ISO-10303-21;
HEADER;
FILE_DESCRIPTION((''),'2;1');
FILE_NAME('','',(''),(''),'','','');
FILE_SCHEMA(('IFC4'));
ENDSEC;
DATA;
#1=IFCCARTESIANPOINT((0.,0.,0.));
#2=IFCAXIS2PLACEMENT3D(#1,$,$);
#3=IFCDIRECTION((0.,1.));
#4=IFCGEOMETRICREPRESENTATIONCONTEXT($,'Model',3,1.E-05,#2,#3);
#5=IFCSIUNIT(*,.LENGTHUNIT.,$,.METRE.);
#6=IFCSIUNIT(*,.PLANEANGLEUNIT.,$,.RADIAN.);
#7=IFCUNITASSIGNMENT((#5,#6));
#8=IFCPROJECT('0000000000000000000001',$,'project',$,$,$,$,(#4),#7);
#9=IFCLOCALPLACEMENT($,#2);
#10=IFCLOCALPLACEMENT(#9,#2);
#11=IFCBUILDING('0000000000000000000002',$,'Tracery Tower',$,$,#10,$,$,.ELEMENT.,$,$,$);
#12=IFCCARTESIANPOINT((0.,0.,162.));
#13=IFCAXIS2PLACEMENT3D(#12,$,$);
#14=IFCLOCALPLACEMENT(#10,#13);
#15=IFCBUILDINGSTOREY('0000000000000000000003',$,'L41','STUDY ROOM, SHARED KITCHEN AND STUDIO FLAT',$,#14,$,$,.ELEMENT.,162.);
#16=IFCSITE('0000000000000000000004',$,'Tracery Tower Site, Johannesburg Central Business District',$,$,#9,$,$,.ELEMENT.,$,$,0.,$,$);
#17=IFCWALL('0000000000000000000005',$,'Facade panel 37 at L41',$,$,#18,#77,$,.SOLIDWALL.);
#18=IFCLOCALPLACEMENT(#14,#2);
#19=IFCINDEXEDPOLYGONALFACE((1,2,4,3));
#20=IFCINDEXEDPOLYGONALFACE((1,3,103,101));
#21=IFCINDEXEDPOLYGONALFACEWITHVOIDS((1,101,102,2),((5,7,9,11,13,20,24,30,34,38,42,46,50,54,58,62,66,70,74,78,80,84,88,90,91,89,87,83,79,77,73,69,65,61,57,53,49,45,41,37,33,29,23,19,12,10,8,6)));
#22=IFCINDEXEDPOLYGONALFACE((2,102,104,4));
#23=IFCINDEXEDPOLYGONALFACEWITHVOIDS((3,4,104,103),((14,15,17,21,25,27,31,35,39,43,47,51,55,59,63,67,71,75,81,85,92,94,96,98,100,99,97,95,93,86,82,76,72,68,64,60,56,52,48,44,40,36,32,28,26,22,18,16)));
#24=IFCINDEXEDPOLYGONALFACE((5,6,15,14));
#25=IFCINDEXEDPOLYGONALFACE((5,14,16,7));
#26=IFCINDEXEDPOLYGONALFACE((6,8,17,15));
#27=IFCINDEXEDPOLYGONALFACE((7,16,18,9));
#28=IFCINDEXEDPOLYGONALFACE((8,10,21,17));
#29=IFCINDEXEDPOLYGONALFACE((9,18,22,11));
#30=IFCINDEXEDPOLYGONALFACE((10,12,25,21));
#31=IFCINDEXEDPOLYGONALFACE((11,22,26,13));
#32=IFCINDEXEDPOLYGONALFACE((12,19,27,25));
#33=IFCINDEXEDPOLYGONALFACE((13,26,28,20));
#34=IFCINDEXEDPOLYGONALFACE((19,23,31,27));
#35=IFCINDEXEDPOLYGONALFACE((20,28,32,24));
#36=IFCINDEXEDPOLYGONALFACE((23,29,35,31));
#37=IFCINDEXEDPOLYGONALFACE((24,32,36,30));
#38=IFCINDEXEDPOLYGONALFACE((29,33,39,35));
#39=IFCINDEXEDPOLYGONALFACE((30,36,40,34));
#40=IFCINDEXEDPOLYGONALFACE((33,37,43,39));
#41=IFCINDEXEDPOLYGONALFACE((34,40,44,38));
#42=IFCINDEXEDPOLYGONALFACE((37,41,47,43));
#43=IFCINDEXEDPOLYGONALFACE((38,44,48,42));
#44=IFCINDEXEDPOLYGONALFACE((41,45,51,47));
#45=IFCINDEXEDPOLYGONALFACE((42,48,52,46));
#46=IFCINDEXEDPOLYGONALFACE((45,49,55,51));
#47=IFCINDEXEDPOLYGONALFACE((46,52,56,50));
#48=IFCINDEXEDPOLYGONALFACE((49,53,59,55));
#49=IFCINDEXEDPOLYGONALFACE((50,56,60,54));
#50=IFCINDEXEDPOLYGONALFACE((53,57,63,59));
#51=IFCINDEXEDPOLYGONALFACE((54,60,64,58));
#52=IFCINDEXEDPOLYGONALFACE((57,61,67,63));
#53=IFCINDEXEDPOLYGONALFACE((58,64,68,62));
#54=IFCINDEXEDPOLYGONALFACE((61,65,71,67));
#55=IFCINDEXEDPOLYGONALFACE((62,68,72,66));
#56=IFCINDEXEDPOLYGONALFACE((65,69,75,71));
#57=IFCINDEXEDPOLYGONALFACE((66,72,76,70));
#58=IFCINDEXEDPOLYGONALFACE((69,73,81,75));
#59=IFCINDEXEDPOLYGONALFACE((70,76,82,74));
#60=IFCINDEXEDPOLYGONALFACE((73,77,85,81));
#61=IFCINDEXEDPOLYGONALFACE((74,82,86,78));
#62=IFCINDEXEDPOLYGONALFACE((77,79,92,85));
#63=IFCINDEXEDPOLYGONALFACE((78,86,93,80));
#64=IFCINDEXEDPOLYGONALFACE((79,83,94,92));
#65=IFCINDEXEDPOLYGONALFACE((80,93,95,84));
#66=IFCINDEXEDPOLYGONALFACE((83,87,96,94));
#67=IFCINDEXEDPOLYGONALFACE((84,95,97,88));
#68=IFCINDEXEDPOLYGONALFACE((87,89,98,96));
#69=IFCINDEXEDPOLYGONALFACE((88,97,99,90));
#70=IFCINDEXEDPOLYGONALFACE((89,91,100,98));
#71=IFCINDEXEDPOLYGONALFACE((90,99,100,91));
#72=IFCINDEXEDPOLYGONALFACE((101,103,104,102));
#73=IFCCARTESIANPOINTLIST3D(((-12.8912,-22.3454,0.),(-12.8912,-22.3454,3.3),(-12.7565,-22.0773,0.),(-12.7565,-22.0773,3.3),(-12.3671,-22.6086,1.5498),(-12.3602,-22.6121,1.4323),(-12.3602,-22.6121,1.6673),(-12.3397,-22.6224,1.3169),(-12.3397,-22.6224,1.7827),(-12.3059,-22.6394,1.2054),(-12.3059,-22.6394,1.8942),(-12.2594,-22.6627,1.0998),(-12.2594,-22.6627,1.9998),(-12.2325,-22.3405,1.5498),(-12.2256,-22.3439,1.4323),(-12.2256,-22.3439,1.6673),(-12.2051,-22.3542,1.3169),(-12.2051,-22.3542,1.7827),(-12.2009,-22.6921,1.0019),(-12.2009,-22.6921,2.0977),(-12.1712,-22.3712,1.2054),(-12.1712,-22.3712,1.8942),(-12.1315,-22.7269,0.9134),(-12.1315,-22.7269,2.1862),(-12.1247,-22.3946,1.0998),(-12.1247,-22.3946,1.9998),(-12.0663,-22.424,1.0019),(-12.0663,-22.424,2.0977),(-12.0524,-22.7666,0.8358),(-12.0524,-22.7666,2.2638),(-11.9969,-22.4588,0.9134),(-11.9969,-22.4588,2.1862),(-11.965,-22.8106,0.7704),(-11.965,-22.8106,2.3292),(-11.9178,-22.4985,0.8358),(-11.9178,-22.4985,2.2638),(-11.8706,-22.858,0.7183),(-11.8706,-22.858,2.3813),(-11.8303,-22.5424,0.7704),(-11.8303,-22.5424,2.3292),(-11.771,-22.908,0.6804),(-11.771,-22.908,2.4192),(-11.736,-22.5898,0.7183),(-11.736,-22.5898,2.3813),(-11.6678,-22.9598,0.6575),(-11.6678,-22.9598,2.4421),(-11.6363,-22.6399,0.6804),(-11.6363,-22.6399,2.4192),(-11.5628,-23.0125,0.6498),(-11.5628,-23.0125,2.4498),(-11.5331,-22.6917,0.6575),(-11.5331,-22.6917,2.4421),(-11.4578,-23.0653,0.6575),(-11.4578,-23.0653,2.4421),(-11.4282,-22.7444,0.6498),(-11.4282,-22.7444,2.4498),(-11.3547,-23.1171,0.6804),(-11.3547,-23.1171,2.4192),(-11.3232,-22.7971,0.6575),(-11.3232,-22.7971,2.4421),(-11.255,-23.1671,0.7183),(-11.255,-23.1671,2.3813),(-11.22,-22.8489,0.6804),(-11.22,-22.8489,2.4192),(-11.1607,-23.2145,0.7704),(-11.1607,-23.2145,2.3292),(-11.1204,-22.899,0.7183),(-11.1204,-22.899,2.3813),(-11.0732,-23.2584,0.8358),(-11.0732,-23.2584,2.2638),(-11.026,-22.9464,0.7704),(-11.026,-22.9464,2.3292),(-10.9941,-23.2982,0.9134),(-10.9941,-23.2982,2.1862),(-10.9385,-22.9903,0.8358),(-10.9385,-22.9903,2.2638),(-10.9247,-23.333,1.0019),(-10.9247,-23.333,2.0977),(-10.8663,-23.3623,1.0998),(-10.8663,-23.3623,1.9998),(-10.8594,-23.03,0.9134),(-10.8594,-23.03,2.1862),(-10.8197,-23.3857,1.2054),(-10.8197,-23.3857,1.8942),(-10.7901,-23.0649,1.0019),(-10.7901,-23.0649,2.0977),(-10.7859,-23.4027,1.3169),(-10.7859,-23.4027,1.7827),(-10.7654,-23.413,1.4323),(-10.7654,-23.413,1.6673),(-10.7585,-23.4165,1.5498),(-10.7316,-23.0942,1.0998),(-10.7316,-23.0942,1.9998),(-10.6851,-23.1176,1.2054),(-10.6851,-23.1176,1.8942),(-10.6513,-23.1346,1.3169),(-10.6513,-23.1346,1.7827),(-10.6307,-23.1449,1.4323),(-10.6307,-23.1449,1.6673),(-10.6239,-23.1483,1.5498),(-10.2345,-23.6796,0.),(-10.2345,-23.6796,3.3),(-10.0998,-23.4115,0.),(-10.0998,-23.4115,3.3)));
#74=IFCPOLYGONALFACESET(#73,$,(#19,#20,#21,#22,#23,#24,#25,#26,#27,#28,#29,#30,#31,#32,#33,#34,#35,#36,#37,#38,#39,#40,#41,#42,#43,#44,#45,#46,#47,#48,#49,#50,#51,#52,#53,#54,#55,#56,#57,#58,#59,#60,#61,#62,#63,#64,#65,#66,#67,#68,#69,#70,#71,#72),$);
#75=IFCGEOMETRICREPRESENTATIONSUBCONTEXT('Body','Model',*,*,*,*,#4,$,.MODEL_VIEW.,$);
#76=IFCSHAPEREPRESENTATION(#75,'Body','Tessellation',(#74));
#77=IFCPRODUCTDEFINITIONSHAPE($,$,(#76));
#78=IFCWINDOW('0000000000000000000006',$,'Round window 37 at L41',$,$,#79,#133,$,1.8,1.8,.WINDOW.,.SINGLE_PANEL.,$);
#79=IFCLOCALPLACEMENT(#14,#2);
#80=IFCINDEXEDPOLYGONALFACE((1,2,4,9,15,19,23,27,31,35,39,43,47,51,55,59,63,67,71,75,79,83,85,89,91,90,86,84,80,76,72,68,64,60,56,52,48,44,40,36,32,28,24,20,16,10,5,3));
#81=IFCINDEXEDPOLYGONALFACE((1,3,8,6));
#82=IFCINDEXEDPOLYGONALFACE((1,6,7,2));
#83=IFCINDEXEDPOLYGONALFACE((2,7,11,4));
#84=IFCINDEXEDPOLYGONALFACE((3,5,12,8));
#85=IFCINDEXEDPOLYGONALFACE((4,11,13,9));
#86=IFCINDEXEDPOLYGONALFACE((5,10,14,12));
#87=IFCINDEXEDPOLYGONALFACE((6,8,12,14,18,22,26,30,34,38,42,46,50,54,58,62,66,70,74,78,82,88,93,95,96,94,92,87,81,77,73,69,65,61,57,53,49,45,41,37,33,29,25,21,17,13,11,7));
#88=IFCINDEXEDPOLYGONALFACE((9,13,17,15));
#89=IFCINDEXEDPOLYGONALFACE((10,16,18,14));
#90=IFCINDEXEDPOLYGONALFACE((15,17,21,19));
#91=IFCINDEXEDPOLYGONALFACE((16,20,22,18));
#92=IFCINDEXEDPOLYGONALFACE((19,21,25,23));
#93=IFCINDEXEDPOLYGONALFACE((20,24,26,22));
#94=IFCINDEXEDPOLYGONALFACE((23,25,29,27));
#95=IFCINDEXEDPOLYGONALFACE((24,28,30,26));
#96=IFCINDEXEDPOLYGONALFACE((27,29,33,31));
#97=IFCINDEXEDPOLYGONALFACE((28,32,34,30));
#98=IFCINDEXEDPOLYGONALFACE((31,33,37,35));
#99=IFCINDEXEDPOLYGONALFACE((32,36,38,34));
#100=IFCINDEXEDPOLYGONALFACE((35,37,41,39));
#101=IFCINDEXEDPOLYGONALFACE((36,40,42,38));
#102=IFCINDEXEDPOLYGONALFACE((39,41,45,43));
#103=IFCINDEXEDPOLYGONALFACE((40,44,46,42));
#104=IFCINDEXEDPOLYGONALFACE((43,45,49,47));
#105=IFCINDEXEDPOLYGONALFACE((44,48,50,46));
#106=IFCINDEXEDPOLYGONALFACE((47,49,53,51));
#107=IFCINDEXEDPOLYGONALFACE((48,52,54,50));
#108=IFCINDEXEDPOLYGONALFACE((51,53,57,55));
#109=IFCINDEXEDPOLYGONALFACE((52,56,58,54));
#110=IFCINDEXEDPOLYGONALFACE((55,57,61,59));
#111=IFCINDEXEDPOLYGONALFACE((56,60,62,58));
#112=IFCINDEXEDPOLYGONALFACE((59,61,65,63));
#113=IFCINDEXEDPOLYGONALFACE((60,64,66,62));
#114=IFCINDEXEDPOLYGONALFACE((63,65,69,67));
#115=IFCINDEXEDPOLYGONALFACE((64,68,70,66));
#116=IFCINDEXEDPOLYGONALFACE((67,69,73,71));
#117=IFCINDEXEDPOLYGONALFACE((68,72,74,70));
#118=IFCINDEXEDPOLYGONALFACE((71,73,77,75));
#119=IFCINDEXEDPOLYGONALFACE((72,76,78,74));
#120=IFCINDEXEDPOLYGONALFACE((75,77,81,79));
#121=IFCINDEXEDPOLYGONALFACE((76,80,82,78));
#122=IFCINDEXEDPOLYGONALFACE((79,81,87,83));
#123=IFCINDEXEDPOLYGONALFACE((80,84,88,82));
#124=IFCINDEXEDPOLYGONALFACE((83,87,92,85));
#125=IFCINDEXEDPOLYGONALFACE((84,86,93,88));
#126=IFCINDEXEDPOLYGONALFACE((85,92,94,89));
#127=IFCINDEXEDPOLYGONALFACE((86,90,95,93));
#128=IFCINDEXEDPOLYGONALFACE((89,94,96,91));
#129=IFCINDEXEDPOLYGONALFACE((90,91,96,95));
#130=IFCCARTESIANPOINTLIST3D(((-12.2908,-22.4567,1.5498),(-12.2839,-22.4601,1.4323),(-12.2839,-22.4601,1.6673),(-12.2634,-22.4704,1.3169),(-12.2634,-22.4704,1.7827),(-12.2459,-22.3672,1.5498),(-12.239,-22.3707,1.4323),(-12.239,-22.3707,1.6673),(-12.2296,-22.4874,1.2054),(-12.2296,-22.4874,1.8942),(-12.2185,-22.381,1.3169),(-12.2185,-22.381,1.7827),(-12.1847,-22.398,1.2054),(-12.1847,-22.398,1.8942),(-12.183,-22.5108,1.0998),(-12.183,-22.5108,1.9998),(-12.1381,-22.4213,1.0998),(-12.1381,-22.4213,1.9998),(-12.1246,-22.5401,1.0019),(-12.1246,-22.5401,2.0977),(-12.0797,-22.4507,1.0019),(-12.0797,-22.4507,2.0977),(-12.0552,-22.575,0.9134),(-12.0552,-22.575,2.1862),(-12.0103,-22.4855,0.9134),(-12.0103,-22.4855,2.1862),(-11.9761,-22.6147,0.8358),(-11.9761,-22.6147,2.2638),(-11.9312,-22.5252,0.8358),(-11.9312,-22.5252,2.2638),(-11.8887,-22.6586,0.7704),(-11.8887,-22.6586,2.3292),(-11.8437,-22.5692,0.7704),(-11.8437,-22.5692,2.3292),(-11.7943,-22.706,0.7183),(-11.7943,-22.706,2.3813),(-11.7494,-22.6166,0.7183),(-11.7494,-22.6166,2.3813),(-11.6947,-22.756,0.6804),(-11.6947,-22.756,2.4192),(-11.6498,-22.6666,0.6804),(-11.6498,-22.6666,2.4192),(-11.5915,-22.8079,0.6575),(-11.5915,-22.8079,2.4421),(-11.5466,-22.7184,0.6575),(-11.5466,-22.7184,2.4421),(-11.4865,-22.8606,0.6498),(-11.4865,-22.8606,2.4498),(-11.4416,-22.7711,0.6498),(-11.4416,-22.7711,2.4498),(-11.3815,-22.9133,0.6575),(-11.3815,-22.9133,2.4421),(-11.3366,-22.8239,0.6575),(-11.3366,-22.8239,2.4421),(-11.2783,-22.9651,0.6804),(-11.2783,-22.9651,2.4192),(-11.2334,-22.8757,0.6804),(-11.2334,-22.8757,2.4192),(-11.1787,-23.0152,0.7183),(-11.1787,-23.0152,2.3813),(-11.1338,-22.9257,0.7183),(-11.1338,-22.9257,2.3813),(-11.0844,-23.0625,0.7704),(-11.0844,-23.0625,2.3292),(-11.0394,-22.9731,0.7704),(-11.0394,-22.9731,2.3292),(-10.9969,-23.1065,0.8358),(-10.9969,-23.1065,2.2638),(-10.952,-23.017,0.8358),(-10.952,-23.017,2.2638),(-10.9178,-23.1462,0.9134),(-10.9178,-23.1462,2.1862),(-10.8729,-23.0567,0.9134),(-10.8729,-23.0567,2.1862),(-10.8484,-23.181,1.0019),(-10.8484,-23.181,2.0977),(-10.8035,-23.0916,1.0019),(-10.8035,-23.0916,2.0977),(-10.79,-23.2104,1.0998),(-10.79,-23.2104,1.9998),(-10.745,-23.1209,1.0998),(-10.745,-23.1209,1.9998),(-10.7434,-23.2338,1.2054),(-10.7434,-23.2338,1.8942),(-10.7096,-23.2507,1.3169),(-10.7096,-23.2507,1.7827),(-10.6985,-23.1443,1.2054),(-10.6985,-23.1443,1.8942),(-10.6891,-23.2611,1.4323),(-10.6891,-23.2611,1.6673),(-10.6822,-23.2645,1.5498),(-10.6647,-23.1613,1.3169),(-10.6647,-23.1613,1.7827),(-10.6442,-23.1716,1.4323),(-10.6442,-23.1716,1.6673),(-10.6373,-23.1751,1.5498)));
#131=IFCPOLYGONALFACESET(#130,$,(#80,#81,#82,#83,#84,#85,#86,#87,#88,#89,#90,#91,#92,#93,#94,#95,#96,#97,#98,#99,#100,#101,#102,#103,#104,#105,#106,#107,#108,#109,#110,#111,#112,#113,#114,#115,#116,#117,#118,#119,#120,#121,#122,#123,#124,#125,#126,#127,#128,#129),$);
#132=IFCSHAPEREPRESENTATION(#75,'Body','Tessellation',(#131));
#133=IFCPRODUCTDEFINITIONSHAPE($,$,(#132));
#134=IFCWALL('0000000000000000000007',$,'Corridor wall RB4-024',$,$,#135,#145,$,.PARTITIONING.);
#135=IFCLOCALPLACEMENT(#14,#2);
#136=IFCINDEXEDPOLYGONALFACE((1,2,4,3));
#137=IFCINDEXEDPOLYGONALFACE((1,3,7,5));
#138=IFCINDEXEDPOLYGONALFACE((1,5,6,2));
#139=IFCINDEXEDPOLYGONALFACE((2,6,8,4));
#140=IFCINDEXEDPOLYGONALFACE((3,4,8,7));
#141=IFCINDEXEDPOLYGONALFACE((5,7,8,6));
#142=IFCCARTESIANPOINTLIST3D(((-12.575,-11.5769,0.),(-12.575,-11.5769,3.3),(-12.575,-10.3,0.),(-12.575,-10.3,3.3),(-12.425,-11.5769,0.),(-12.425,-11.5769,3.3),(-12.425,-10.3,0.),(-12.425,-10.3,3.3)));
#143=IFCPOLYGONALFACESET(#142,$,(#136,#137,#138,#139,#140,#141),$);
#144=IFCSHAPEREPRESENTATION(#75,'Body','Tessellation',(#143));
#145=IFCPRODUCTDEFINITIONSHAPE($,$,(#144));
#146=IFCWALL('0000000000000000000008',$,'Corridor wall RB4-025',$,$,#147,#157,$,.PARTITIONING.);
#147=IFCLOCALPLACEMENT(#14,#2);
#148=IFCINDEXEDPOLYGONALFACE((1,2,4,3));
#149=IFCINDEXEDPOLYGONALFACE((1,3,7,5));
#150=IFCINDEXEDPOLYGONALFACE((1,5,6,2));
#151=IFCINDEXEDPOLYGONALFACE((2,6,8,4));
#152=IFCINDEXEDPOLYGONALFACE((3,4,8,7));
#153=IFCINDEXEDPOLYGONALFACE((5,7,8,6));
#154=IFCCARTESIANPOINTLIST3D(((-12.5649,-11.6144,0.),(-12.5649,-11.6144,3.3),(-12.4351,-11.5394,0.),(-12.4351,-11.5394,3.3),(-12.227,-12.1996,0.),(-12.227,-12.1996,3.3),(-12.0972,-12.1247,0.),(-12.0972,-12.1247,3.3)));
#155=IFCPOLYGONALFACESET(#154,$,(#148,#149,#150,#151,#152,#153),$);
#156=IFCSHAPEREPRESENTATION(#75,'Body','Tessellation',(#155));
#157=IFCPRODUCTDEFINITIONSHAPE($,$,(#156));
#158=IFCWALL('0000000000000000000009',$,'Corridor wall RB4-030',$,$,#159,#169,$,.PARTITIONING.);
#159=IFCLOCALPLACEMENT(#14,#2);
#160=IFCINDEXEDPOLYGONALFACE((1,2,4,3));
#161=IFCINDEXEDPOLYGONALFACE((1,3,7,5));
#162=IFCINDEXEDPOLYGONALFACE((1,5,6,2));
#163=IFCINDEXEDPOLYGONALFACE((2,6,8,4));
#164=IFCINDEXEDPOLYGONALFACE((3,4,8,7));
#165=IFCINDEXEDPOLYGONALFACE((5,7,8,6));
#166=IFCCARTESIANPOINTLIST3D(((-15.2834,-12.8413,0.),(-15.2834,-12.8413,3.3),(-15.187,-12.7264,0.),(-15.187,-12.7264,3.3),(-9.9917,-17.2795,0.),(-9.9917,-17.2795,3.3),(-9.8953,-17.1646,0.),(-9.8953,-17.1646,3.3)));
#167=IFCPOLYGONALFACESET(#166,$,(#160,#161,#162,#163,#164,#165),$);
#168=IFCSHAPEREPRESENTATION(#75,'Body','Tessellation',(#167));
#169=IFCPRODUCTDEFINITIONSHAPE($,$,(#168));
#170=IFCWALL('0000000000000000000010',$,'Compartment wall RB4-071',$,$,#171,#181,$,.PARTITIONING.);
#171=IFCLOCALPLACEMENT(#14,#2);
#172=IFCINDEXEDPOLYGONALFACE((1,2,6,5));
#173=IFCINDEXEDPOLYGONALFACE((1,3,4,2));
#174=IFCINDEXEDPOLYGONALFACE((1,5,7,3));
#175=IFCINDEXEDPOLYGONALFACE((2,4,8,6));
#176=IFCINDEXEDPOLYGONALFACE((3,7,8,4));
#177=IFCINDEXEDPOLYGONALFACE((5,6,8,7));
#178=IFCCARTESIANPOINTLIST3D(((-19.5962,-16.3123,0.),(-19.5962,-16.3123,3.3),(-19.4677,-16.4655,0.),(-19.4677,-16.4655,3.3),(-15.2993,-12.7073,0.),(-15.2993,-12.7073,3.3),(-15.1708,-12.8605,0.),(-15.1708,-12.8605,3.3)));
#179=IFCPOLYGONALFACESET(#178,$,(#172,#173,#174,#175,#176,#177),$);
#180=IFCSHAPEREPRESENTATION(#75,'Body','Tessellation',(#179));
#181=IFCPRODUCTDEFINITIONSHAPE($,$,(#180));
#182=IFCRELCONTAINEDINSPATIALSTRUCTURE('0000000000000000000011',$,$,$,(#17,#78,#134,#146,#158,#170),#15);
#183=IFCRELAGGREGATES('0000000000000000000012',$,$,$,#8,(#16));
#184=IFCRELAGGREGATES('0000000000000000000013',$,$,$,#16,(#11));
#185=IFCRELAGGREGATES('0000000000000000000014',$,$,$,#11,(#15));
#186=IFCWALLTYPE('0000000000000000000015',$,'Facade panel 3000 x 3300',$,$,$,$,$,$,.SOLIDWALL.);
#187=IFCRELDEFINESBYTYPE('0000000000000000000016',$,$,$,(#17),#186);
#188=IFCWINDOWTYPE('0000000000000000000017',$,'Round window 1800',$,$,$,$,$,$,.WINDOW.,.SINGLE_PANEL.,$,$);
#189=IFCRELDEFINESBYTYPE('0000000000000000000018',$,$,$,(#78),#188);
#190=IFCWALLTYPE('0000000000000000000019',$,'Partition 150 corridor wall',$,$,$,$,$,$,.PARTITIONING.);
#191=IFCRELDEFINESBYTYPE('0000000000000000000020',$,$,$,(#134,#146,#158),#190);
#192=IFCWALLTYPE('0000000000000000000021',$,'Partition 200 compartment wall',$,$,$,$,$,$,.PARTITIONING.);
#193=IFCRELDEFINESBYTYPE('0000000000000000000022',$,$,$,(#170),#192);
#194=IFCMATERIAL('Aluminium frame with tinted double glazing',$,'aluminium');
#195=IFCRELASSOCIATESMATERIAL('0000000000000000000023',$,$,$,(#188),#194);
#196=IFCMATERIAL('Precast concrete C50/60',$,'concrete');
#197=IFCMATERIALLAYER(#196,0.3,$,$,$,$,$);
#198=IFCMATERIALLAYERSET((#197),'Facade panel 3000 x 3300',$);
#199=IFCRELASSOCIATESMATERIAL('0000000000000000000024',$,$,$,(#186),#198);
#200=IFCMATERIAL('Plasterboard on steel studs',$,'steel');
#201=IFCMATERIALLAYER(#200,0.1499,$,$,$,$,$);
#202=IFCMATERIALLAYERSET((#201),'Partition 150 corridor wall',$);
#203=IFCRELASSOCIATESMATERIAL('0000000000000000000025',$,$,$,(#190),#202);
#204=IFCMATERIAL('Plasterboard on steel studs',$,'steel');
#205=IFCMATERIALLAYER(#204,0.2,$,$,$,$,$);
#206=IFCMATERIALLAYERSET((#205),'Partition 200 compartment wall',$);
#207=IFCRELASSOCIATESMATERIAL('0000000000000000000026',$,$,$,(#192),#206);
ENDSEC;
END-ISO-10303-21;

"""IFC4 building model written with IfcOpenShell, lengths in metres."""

from ifc_helpers import new_model, si_unit, direction, frame, frame_2d, origin, origin_2d, place, context, subcontext, project, spatial, rectangle, circle, extrude, material, layer, layer_set, type_object, element, fill, save


model = new_model("IFC4")

# Units and contexts
model_context = context("Model", 3, precision=1e-05, world=origin(), true_north=direction((0.0, 1.0)))
body_context = subcontext(model_context, "Body", "Model", "MODEL_VIEW")
ifc_project = project(units=[si_unit("LENGTHUNIT", "METRE"), si_unit("PLANEANGLEUNIT", "RADIAN")], contexts=[model_context])

# Site, building, storey
site_placement = place(None, origin())
site = spatial("IfcSite", under=ifc_project, at=site_placement, Name="Tracery Tower Site, Johannesburg Central Business District", CompositionType="ELEMENT", RefElevation=0.0)
building_placement = place(site_placement, origin())
building = spatial("IfcBuilding", under=site, at=building_placement, Name="Tracery Tower", CompositionType="ELEMENT")
storey_placement = place(building_placement, frame((0.0, 0.0, 162.0)))
storey = spatial("IfcBuildingStorey", under=building, at=storey_placement, Name="L41", Description="STUDY ROOM, SHARED KITCHEN AND STUDIO FLAT", CompositionType="ELEMENT", Elevation=162.0)

# Wall, opening, window
ifc_material_1 = material(Name="Aluminium frame with tinted double glazing", Category="aluminium")
window_type = type_object("IfcWindowType", Name="Round window 1800", PartitioningType="SINGLE_PANEL", PredefinedType="WINDOW", material=ifc_material_1)
ifc_material_2 = material(Name="Precast concrete C50/60", Category="concrete")
ifc_layer_1 = layer(ifc_material_2, 0.3)
ifc_layer_set_1 = layer_set([ifc_layer_1], Name="Facade panel 3000 x 3300")
wall_type_1 = type_object("IfcWallType", Name="Facade panel 3000 x 3300", PredefinedType="SOLIDWALL", material=ifc_layer_set_1)
wall_1_placement = place(storey_placement, frame((-12.8237, -22.2114, 0.0), z_axis=(0.0, 0.0, 1.0), x_axis=(0.893637, -0.44879, 0.0)))
wall_1 = element("IfcWall", 1, at=wall_1_placement, inside=storey, type_object=wall_type_1, Name="Facade panel 37 at L41", PredefinedType="SOLIDWALL", context=body_context, shape_type="SweptSolid", body=[
    extrude(rectangle(XDim=2.9729, YDim=0.3, at=frame_2d((1.4863, 0.0))), origin(), (0.0, 0.0, 1.0), 3.3),
])
opening_1_placement = place(wall_1_placement, frame((1.4863, 0.0, 1.5498)))
opening_1 = element("IfcOpeningElement", 2, at=opening_1_placement, cuts=wall_1, PredefinedType="OPENING", context=body_context, shape_type="SweptSolid", body=[
    extrude(circle(Radius=0.9, at=origin_2d()), frame((0.0, 0.1599, 0.0), z_axis=(0.0, -1.0, 0.0), x_axis=(1.0, 0.0, 0.0)), (0.0, 0.0, 1.0), 0.3201),
])
window_1_placement = place(opening_1_placement, origin())
window_1 = element("IfcWindow", 3, at=window_1_placement, inside=storey, type_object=window_type, Name="Round window 37 at L41", OverallHeight=1.8, OverallWidth=1.8, PartitioningType="SINGLE_PANEL", PredefinedType="WINDOW", context=body_context, shape_type="SweptSolid", body=[
    extrude(circle(Radius=0.9, at=origin_2d()), frame((0.0, 0.1201, 0.0), z_axis=(0.0, -1.0, 0.0), x_axis=(1.0, 0.0, 0.0)), (0.0, 0.0, 1.0), 0.1001),
])
fill(opening_1, window_1)

# Walls
ifc_material_3 = material(Name="Plasterboard on steel studs", Category="steel")
ifc_layer_2 = layer(ifc_material_3, 0.1499)
ifc_layer_set_2 = layer_set([ifc_layer_2], Name="Partition 150 corridor wall")
wall_type_2 = type_object("IfcWallType", Name="Partition 150 corridor wall", PredefinedType="PARTITIONING", material=ifc_layer_set_2)
wall_2_placement = place(storey_placement, frame((-12.5, -11.5769, 0.0), z_axis=(0.0, 0.0, 1.0), x_axis=(0.0, 1.0, 0.0)))
element("IfcWall", 4, at=wall_2_placement, inside=storey, type_object=wall_type_2, Name="Corridor wall RB4-024", PredefinedType="PARTITIONING", context=body_context, shape_type="SweptSolid", body=[
    extrude(rectangle(XDim=1.2769, YDim=0.1499, at=frame_2d((0.6384, 0.0))), origin(), (0.0, 0.0, 1.0), 3.3),
])
wall_3_placement = place(storey_placement, frame((-12.5, -11.5769, 0.0), z_axis=(0.0, 0.0, 1.0), x_axis=(0.500025, -0.866011, 0.0)))
element("IfcWall", 5, at=wall_3_placement, inside=storey, type_object=wall_type_2, Name="Corridor wall RB4-025", PredefinedType="PARTITIONING", context=body_context, shape_type="SweptSolid", body=[
    extrude(rectangle(XDim=0.6758, YDim=0.1499, at=frame_2d((0.3379, 0.0))), origin(), (0.0, 0.0, 1.0), 3.3),
])
wall_4_placement = place(storey_placement, frame((-15.2351, -12.7839, 0.0), z_axis=(0.0, 0.0, 1.0), x_axis=(0.766192, -0.642612, 0.0)))
element("IfcWall", 6, at=wall_4_placement, inside=storey, type_object=wall_type_2, Name="Corridor wall RB4-030", PredefinedType="PARTITIONING", context=body_context, shape_type="SweptSolid", body=[
    extrude(rectangle(XDim=6.9065, YDim=0.1499, at=frame_2d((3.4531, 0.0))), origin(), (0.0, 0.0, 1.0), 3.3),
])
ifc_material_4 = material(Name="Plasterboard on steel studs", Category="steel")
ifc_layer_3 = layer(ifc_material_4, 0.2)
ifc_layer_set_3 = layer_set([ifc_layer_3], Name="Partition 200 compartment wall")
wall_type_3 = type_object("IfcWallType", Name="Partition 200 compartment wall", PredefinedType="PARTITIONING", material=ifc_layer_set_3)
wall_5_placement = place(storey_placement, frame((-19.532, -16.3889, 0.0), z_axis=(0.0, 0.0, 1.0), x_axis=(0.766091, 0.642733, 0.0)))
element("IfcWall", 7, at=wall_5_placement, inside=storey, type_object=wall_type_3, Name="Compartment wall RB4-071", PredefinedType="PARTITIONING", context=body_context, shape_type="SweptSolid", body=[
    extrude(rectangle(XDim=5.6089, YDim=0.2, at=frame_2d((2.8044, 0.0))), origin(), (0.0, 0.0, 1.0), 3.3),
])

save(model, "model.ifc")
